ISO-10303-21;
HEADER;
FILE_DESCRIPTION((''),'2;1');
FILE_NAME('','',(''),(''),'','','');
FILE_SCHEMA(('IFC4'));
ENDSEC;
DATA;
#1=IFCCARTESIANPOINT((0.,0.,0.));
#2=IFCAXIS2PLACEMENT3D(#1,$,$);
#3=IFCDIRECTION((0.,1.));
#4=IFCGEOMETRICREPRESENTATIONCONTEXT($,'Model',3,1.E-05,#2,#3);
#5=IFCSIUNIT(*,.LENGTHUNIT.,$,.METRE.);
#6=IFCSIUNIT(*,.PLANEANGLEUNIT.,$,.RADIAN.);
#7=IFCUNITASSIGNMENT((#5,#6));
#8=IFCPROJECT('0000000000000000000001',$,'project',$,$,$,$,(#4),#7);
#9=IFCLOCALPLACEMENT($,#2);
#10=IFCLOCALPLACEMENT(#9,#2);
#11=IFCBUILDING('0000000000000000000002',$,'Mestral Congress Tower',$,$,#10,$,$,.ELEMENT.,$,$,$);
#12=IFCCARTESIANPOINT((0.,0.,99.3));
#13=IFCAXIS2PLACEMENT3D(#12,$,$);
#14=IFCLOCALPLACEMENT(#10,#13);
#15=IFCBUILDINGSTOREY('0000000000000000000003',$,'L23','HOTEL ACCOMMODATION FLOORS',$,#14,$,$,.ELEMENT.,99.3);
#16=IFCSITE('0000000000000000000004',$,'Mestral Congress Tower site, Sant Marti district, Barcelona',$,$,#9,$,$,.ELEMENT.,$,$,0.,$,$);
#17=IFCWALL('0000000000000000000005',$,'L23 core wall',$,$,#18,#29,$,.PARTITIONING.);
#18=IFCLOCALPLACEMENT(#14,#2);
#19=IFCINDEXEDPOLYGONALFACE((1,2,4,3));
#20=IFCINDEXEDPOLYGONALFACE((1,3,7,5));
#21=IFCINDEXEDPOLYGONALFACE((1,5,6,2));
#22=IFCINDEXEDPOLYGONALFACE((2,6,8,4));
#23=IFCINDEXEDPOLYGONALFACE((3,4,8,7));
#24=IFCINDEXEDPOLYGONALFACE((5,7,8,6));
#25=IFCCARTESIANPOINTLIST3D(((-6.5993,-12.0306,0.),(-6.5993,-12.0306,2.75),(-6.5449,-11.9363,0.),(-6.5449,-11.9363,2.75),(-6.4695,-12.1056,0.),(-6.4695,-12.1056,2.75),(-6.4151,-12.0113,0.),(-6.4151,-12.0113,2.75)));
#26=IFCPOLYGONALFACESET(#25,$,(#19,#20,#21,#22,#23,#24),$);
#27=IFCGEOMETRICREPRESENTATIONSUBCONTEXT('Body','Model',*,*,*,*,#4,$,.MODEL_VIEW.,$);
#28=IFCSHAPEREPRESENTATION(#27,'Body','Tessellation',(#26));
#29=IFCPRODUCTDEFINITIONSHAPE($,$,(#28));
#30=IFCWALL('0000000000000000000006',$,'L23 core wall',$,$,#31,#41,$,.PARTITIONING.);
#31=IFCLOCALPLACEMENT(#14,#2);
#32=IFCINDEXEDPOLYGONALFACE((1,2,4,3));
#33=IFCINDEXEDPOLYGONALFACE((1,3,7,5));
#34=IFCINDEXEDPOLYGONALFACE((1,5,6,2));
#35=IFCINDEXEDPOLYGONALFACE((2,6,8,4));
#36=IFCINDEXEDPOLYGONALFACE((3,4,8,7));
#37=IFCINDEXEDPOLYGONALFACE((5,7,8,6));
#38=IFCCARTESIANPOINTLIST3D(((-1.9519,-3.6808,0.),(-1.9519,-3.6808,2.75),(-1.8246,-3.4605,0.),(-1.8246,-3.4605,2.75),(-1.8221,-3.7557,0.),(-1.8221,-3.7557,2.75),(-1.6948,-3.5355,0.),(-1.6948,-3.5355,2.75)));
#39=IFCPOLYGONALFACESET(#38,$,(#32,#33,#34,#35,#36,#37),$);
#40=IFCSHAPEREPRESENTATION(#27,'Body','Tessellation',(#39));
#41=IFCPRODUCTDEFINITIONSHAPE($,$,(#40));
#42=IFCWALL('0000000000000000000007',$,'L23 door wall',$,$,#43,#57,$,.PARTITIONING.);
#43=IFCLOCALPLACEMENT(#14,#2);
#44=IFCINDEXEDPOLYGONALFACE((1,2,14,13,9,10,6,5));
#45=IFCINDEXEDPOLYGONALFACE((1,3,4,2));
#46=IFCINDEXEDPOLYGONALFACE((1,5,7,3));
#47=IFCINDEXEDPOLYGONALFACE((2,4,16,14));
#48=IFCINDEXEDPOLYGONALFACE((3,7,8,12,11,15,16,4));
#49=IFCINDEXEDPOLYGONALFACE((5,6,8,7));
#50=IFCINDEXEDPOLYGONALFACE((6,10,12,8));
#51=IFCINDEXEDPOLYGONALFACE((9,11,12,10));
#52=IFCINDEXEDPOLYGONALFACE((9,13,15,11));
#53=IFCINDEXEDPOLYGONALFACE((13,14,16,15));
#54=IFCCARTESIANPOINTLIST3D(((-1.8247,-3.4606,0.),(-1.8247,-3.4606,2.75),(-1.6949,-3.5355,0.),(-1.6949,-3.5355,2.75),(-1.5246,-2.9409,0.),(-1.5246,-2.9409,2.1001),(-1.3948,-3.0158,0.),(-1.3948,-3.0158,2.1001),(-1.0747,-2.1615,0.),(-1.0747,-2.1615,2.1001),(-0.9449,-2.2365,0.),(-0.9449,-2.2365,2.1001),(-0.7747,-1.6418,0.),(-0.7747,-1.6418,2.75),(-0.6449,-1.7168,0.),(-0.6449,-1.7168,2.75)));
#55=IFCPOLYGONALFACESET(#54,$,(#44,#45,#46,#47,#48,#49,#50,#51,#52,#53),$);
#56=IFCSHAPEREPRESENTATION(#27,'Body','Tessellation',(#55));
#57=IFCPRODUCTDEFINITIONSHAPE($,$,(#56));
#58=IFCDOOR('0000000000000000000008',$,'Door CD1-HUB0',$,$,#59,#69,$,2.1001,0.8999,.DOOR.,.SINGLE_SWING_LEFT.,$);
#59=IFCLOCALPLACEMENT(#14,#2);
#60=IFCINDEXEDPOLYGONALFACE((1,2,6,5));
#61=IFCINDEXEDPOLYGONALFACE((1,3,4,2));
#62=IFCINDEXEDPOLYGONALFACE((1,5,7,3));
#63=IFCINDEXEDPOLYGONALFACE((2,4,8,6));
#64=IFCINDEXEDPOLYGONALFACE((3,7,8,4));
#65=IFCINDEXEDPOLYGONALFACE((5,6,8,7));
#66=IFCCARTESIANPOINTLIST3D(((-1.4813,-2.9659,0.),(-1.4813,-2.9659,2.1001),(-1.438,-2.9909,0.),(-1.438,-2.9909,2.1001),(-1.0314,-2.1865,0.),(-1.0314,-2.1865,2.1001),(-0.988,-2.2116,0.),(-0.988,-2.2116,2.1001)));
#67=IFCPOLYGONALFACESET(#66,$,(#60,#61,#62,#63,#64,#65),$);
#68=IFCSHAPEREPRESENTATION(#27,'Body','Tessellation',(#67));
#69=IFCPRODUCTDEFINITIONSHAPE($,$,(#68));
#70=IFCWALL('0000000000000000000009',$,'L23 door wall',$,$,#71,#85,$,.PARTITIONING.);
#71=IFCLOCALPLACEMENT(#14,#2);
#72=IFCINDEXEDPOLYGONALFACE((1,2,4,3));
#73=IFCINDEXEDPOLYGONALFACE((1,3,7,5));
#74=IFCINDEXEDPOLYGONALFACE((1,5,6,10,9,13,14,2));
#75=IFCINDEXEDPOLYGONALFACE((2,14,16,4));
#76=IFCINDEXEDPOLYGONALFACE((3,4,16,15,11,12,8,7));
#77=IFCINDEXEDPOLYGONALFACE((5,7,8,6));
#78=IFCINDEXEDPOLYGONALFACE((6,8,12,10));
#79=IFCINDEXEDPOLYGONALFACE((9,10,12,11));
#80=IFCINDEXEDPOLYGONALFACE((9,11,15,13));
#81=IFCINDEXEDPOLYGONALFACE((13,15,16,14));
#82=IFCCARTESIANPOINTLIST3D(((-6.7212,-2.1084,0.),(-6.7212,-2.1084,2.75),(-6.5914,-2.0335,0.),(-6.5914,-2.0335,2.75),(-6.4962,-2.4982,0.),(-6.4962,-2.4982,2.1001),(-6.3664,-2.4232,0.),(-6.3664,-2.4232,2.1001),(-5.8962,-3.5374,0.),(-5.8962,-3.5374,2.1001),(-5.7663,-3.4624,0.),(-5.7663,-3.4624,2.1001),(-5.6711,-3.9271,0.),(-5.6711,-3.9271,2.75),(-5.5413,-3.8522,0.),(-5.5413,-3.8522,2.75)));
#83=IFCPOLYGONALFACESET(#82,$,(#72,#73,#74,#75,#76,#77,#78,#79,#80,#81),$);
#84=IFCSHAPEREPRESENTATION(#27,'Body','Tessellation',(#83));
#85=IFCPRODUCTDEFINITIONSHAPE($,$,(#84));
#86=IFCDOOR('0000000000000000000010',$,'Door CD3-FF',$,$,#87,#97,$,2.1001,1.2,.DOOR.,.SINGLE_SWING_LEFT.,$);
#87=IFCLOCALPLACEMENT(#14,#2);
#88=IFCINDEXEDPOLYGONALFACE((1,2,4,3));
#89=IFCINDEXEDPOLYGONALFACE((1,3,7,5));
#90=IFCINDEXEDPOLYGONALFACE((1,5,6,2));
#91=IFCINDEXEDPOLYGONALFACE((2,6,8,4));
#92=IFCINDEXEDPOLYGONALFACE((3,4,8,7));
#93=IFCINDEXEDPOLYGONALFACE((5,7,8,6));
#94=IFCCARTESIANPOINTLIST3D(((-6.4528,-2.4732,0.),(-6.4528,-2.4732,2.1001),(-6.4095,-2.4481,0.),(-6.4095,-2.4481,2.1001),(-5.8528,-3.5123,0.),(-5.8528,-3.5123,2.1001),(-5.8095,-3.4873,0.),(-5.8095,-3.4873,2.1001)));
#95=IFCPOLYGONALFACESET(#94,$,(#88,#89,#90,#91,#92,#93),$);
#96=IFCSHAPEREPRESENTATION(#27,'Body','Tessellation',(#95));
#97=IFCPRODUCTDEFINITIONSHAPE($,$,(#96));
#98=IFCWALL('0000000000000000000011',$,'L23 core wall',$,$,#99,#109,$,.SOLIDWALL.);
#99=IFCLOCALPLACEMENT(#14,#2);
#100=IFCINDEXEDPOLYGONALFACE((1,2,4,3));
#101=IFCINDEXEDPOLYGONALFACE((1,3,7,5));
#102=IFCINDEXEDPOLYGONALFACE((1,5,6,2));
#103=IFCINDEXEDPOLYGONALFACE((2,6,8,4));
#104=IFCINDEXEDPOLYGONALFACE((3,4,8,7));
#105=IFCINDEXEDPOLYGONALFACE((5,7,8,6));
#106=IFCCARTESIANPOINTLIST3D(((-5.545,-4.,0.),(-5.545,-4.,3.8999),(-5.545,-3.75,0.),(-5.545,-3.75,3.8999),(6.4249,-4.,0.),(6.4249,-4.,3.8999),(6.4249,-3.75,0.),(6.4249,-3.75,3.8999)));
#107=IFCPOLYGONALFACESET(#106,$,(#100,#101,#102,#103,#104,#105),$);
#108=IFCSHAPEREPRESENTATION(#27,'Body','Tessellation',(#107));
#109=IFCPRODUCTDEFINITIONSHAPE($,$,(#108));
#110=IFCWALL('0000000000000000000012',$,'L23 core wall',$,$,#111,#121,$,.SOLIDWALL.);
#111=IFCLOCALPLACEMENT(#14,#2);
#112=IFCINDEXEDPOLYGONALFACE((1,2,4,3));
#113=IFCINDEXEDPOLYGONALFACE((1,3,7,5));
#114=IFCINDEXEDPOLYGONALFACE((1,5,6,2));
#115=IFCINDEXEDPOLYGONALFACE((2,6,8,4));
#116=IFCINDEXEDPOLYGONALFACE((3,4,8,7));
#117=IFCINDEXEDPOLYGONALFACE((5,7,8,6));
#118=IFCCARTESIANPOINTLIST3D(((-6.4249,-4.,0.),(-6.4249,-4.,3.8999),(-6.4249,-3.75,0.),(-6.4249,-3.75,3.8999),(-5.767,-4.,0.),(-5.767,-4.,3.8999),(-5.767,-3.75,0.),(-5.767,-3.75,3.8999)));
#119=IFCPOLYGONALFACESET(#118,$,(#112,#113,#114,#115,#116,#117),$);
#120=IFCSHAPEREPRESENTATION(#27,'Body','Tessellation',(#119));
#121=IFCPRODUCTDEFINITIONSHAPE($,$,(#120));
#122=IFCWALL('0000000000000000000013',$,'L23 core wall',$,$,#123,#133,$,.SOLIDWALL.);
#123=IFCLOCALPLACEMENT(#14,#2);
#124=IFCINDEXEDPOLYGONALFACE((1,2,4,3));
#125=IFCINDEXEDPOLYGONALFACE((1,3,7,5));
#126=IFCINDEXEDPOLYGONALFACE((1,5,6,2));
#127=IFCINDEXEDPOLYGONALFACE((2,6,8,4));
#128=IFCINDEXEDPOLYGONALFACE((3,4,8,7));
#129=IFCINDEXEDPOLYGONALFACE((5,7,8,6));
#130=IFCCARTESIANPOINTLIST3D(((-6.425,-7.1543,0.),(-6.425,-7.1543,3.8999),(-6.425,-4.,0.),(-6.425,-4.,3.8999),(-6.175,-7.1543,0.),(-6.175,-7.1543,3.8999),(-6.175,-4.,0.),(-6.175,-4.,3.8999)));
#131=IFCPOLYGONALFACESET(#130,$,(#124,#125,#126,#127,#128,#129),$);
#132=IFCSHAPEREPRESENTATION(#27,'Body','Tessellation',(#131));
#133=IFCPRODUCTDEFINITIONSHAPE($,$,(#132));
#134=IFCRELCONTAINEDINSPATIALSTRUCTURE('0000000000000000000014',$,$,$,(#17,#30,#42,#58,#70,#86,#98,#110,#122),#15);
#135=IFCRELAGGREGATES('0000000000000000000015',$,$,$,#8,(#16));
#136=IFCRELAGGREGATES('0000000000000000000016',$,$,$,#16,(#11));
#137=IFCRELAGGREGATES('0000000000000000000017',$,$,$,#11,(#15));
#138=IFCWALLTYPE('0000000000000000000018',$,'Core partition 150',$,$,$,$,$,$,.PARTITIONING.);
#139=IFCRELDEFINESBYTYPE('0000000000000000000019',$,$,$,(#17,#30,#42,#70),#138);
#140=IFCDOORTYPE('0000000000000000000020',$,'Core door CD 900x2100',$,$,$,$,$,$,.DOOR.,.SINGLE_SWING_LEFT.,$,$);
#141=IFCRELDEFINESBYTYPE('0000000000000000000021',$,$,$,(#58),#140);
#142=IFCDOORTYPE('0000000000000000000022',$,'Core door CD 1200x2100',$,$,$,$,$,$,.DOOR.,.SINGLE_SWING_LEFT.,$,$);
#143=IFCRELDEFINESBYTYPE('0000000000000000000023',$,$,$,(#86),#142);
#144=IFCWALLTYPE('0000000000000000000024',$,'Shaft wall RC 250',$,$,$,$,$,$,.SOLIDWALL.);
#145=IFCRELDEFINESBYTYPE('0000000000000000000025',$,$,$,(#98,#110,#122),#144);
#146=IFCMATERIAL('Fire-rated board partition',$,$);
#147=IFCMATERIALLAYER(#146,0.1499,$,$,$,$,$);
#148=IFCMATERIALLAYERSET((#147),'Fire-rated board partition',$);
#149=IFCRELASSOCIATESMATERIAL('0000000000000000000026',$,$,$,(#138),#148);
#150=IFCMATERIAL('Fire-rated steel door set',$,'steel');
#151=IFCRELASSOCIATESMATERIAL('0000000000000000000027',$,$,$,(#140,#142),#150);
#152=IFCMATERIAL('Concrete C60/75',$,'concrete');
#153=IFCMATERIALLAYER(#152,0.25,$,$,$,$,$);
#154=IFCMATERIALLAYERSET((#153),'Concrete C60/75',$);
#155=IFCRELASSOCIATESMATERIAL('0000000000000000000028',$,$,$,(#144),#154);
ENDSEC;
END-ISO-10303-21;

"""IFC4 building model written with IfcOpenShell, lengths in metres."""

from ifc_helpers import new_model, si_unit, direction, frame, frame_2d, origin, place, context, subcontext, project, spatial, rectangle, extrude, material, layer, layer_set, type_object, element, fill, save


model = new_model("IFC4")

# Units and contexts
model_context = context("Model", 3, precision=1e-05, world=origin(), true_north=direction((0.0, 1.0)))
body_context = subcontext(model_context, "Body", "Model", "MODEL_VIEW")
ifc_project = project(units=[si_unit("LENGTHUNIT", "METRE"), si_unit("PLANEANGLEUNIT", "RADIAN")], contexts=[model_context])

# Site, building, storey
site_placement = place(None, origin())
site = spatial("IfcSite", under=ifc_project, at=site_placement, Name="Mestral Congress Tower site, Sant Marti district, Barcelona", CompositionType="ELEMENT", RefElevation=0.0)
building_placement = place(site_placement, origin())
building = spatial("IfcBuilding", under=site, at=building_placement, Name="Mestral Congress Tower", CompositionType="ELEMENT")
storey_placement = place(building_placement, frame((0.0, 0.0, 99.3)))
storey = spatial("IfcBuildingStorey", under=building, at=storey_placement, Name="L23", Description="HOTEL ACCOMMODATION FLOORS", CompositionType="ELEMENT", Elevation=99.3)

# Walls
ifc_material_1 = material(Name="Fire-rated board partition")
ifc_layer_1 = layer(ifc_material_1, 0.1499)
ifc_layer_set_1 = layer_set([ifc_layer_1], Name="Fire-rated board partition")
wall_type_1 = type_object("IfcWallType", Name="Core partition 150", PredefinedType="PARTITIONING", material=ifc_layer_set_1)
wall_1_placement = place(storey_placement, frame((-6.5344, -12.0681, 0.0), z_axis=(0.0, 0.0, 1.0), x_axis=(0.50024, 0.865887, 0.0)))
element("IfcWall", 1, at=wall_1_placement, inside=storey, type_object=wall_type_1, Name="L23 core wall", PredefinedType="PARTITIONING", context=body_context, shape_type="SweptSolid", body=[
    extrude(rectangle(XDim=0.1089, YDim=0.1499, at=frame_2d((0.0544, 0.0))), origin(), (0.0, 0.0, 1.0), 2.75),
])
wall_2_placement = place(storey_placement, frame((-1.887, -3.7183, 0.0), z_axis=(0.0, 0.0, 1.0), x_axis=(0.500166, 0.86593, 0.0)))
element("IfcWall", 2, at=wall_2_placement, inside=storey, type_object=wall_type_1, Name="L23 core wall", PredefinedType="PARTITIONING", context=body_context, shape_type="SweptSolid", body=[
    extrude(rectangle(XDim=0.2544, YDim=0.1499, at=frame_2d((0.1272, 0.0))), origin(), (0.0, 0.0, 1.0), 2.75),
])

# Walls, openings, doors
wall_3_placement = place(storey_placement, frame((-1.7598, -3.498, 0.0), z_axis=(0.0, 0.0, 1.0), x_axis=(0.499977, 0.866038, 0.0)))
wall_3 = element("IfcWall", 3, at=wall_3_placement, inside=storey, type_object=wall_type_1, Name="L23 door wall", PredefinedType="PARTITIONING", context=body_context, shape_type="SweptSolid", body=[
    extrude(rectangle(XDim=2.1001, YDim=0.1499, at=frame_2d((1.05, 0.0))), origin(), (0.0, 0.0, 1.0), 2.75),
])
opening_1_placement = place(wall_3_placement, frame((0.6001, 0.0, 0.0)))
opening_1 = element("IfcOpeningElement", 4, at=opening_1_placement, cuts=wall_3, PredefinedType="OPENING", context=body_context, shape_type="SweptSolid", body=[
    extrude(rectangle(XDim=0.8999, YDim=2.1001, at=frame_2d((0.45, 1.05))), frame((0.0, 0.085, 0.0), z_axis=(0.0, -1.0, 0.0), x_axis=(1.0, 0.0, 0.0)), (0.0, 0.0, 1.0), 0.1699),
])
ifc_material_2 = material(Name="Fire-rated steel door set", Category="steel")
door_type_1 = type_object("IfcDoorType", Name="Core door CD 900x2100", OperationType="SINGLE_SWING_LEFT", PredefinedType="DOOR", material=ifc_material_2)
door_1_placement = place(opening_1_placement, origin())
door_1 = element("IfcDoor", 5, at=door_1_placement, inside=storey, type_object=door_type_1, Name="Door CD1-HUB0", OperationType="SINGLE_SWING_LEFT", OverallHeight=2.1001, OverallWidth=0.8999, PredefinedType="DOOR", context=body_context, shape_type="SweptSolid", body=[
    extrude(rectangle(XDim=0.8999, YDim=2.1001, at=frame_2d((0.45, 1.05))), frame((0.0, 0.0249, 0.0), z_axis=(0.0, -1.0, 0.0), x_axis=(1.0, 0.0, 0.0)), (0.0, 0.0, 1.0), 0.05),
])
fill(opening_1, door_1)
wall_4_placement = place(storey_placement, frame((-5.6062, -3.8896, 0.0), z_axis=(0.0, 0.0, 1.0), x_axis=(-0.500028, 0.866009, 0.0)))
wall_4 = element("IfcWall", 6, at=wall_4_placement, inside=storey, type_object=wall_type_1, Name="L23 door wall", PredefinedType="PARTITIONING", context=body_context, shape_type="SweptSolid", body=[
    extrude(rectangle(XDim=2.1001, YDim=0.1499, at=frame_2d((1.05, 0.0))), origin(), (0.0, 0.0, 1.0), 2.75),
])
opening_2_placement = place(wall_4_placement, frame((0.45, 0.0, 0.0)))
opening_2 = element("IfcOpeningElement", 7, at=opening_2_placement, cuts=wall_4, PredefinedType="OPENING", context=body_context, shape_type="SweptSolid", body=[
    extrude(rectangle(XDim=1.2, YDim=2.1001, at=frame_2d((0.6001, 1.05))), frame((0.0, 0.085, 0.0), z_axis=(0.0, -1.0, 0.0), x_axis=(1.0, 0.0, 0.0)), (0.0, 0.0, 1.0), 0.1699),
])
door_type_2 = type_object("IfcDoorType", Name="Core door CD 1200x2100", OperationType="SINGLE_SWING_LEFT", PredefinedType="DOOR", material=ifc_material_2)
door_2_placement = place(opening_2_placement, origin())
door_2 = element("IfcDoor", 8, at=door_2_placement, inside=storey, type_object=door_type_2, Name="Door CD3-FF", OperationType="SINGLE_SWING_LEFT", OverallHeight=2.1001, OverallWidth=1.2, PredefinedType="DOOR", context=body_context, shape_type="SweptSolid", body=[
    extrude(rectangle(XDim=1.2, YDim=2.1001, at=frame_2d((0.6001, 1.05))), frame((0.0, 0.0249, 0.0), z_axis=(0.0, -1.0, 0.0), x_axis=(1.0, 0.0, 0.0)), (0.0, 0.0, 1.0), 0.05),
])
fill(opening_2, door_2)

# Walls
ifc_material_3 = material(Name="Concrete C60/75", Category="concrete")
ifc_layer_2 = layer(ifc_material_3, 0.25)
ifc_layer_set_2 = layer_set([ifc_layer_2], Name="Concrete C60/75")
wall_type_2 = type_object("IfcWallType", Name="Shaft wall RC 250", PredefinedType="SOLIDWALL", material=ifc_layer_set_2)
wall_5_placement = place(storey_placement, frame((-5.5449, -3.875, 0.0), z_axis=(0.0, 0.0, 1.0), x_axis=(1.0, 0.0, 0.0)))
element("IfcWall", 9, at=wall_5_placement, inside=storey, type_object=wall_type_2, Name="L23 core wall", PredefinedType="SOLIDWALL", context=body_context, shape_type="SweptSolid", body=[
    extrude(rectangle(XDim=11.97, YDim=0.25, at=frame_2d((5.9849, 0.0))), origin(), (0.0, 0.0, 1.0), 3.8999),
])
wall_6_placement = place(storey_placement, frame((-6.425, -3.875, 0.0), z_axis=(0.0, 0.0, 1.0), x_axis=(1.0, 0.0, 0.0)))
element("IfcWall", 10, at=wall_6_placement, inside=storey, type_object=wall_type_2, Name="L23 core wall", PredefinedType="SOLIDWALL", context=body_context, shape_type="SweptSolid", body=[
    extrude(rectangle(XDim=0.658, YDim=0.25, at=frame_2d((0.3291, 0.0))), origin(), (0.0, 0.0, 1.0), 3.8999),
])
wall_7_placement = place(storey_placement, frame((-6.3, -4.0, 0.0), z_axis=(0.0, 0.0, 1.0), x_axis=(0.0, -1.0, 0.0)))
element("IfcWall", 11, at=wall_7_placement, inside=storey, type_object=wall_type_2, Name="L23 core wall", PredefinedType="SOLIDWALL", context=body_context, shape_type="SweptSolid", body=[
    extrude(rectangle(XDim=3.1543, YDim=0.25, at=frame_2d((1.5771, 0.0))), origin(), (0.0, 0.0, 1.0), 3.8999),
])

save(model, "model.ifc")
